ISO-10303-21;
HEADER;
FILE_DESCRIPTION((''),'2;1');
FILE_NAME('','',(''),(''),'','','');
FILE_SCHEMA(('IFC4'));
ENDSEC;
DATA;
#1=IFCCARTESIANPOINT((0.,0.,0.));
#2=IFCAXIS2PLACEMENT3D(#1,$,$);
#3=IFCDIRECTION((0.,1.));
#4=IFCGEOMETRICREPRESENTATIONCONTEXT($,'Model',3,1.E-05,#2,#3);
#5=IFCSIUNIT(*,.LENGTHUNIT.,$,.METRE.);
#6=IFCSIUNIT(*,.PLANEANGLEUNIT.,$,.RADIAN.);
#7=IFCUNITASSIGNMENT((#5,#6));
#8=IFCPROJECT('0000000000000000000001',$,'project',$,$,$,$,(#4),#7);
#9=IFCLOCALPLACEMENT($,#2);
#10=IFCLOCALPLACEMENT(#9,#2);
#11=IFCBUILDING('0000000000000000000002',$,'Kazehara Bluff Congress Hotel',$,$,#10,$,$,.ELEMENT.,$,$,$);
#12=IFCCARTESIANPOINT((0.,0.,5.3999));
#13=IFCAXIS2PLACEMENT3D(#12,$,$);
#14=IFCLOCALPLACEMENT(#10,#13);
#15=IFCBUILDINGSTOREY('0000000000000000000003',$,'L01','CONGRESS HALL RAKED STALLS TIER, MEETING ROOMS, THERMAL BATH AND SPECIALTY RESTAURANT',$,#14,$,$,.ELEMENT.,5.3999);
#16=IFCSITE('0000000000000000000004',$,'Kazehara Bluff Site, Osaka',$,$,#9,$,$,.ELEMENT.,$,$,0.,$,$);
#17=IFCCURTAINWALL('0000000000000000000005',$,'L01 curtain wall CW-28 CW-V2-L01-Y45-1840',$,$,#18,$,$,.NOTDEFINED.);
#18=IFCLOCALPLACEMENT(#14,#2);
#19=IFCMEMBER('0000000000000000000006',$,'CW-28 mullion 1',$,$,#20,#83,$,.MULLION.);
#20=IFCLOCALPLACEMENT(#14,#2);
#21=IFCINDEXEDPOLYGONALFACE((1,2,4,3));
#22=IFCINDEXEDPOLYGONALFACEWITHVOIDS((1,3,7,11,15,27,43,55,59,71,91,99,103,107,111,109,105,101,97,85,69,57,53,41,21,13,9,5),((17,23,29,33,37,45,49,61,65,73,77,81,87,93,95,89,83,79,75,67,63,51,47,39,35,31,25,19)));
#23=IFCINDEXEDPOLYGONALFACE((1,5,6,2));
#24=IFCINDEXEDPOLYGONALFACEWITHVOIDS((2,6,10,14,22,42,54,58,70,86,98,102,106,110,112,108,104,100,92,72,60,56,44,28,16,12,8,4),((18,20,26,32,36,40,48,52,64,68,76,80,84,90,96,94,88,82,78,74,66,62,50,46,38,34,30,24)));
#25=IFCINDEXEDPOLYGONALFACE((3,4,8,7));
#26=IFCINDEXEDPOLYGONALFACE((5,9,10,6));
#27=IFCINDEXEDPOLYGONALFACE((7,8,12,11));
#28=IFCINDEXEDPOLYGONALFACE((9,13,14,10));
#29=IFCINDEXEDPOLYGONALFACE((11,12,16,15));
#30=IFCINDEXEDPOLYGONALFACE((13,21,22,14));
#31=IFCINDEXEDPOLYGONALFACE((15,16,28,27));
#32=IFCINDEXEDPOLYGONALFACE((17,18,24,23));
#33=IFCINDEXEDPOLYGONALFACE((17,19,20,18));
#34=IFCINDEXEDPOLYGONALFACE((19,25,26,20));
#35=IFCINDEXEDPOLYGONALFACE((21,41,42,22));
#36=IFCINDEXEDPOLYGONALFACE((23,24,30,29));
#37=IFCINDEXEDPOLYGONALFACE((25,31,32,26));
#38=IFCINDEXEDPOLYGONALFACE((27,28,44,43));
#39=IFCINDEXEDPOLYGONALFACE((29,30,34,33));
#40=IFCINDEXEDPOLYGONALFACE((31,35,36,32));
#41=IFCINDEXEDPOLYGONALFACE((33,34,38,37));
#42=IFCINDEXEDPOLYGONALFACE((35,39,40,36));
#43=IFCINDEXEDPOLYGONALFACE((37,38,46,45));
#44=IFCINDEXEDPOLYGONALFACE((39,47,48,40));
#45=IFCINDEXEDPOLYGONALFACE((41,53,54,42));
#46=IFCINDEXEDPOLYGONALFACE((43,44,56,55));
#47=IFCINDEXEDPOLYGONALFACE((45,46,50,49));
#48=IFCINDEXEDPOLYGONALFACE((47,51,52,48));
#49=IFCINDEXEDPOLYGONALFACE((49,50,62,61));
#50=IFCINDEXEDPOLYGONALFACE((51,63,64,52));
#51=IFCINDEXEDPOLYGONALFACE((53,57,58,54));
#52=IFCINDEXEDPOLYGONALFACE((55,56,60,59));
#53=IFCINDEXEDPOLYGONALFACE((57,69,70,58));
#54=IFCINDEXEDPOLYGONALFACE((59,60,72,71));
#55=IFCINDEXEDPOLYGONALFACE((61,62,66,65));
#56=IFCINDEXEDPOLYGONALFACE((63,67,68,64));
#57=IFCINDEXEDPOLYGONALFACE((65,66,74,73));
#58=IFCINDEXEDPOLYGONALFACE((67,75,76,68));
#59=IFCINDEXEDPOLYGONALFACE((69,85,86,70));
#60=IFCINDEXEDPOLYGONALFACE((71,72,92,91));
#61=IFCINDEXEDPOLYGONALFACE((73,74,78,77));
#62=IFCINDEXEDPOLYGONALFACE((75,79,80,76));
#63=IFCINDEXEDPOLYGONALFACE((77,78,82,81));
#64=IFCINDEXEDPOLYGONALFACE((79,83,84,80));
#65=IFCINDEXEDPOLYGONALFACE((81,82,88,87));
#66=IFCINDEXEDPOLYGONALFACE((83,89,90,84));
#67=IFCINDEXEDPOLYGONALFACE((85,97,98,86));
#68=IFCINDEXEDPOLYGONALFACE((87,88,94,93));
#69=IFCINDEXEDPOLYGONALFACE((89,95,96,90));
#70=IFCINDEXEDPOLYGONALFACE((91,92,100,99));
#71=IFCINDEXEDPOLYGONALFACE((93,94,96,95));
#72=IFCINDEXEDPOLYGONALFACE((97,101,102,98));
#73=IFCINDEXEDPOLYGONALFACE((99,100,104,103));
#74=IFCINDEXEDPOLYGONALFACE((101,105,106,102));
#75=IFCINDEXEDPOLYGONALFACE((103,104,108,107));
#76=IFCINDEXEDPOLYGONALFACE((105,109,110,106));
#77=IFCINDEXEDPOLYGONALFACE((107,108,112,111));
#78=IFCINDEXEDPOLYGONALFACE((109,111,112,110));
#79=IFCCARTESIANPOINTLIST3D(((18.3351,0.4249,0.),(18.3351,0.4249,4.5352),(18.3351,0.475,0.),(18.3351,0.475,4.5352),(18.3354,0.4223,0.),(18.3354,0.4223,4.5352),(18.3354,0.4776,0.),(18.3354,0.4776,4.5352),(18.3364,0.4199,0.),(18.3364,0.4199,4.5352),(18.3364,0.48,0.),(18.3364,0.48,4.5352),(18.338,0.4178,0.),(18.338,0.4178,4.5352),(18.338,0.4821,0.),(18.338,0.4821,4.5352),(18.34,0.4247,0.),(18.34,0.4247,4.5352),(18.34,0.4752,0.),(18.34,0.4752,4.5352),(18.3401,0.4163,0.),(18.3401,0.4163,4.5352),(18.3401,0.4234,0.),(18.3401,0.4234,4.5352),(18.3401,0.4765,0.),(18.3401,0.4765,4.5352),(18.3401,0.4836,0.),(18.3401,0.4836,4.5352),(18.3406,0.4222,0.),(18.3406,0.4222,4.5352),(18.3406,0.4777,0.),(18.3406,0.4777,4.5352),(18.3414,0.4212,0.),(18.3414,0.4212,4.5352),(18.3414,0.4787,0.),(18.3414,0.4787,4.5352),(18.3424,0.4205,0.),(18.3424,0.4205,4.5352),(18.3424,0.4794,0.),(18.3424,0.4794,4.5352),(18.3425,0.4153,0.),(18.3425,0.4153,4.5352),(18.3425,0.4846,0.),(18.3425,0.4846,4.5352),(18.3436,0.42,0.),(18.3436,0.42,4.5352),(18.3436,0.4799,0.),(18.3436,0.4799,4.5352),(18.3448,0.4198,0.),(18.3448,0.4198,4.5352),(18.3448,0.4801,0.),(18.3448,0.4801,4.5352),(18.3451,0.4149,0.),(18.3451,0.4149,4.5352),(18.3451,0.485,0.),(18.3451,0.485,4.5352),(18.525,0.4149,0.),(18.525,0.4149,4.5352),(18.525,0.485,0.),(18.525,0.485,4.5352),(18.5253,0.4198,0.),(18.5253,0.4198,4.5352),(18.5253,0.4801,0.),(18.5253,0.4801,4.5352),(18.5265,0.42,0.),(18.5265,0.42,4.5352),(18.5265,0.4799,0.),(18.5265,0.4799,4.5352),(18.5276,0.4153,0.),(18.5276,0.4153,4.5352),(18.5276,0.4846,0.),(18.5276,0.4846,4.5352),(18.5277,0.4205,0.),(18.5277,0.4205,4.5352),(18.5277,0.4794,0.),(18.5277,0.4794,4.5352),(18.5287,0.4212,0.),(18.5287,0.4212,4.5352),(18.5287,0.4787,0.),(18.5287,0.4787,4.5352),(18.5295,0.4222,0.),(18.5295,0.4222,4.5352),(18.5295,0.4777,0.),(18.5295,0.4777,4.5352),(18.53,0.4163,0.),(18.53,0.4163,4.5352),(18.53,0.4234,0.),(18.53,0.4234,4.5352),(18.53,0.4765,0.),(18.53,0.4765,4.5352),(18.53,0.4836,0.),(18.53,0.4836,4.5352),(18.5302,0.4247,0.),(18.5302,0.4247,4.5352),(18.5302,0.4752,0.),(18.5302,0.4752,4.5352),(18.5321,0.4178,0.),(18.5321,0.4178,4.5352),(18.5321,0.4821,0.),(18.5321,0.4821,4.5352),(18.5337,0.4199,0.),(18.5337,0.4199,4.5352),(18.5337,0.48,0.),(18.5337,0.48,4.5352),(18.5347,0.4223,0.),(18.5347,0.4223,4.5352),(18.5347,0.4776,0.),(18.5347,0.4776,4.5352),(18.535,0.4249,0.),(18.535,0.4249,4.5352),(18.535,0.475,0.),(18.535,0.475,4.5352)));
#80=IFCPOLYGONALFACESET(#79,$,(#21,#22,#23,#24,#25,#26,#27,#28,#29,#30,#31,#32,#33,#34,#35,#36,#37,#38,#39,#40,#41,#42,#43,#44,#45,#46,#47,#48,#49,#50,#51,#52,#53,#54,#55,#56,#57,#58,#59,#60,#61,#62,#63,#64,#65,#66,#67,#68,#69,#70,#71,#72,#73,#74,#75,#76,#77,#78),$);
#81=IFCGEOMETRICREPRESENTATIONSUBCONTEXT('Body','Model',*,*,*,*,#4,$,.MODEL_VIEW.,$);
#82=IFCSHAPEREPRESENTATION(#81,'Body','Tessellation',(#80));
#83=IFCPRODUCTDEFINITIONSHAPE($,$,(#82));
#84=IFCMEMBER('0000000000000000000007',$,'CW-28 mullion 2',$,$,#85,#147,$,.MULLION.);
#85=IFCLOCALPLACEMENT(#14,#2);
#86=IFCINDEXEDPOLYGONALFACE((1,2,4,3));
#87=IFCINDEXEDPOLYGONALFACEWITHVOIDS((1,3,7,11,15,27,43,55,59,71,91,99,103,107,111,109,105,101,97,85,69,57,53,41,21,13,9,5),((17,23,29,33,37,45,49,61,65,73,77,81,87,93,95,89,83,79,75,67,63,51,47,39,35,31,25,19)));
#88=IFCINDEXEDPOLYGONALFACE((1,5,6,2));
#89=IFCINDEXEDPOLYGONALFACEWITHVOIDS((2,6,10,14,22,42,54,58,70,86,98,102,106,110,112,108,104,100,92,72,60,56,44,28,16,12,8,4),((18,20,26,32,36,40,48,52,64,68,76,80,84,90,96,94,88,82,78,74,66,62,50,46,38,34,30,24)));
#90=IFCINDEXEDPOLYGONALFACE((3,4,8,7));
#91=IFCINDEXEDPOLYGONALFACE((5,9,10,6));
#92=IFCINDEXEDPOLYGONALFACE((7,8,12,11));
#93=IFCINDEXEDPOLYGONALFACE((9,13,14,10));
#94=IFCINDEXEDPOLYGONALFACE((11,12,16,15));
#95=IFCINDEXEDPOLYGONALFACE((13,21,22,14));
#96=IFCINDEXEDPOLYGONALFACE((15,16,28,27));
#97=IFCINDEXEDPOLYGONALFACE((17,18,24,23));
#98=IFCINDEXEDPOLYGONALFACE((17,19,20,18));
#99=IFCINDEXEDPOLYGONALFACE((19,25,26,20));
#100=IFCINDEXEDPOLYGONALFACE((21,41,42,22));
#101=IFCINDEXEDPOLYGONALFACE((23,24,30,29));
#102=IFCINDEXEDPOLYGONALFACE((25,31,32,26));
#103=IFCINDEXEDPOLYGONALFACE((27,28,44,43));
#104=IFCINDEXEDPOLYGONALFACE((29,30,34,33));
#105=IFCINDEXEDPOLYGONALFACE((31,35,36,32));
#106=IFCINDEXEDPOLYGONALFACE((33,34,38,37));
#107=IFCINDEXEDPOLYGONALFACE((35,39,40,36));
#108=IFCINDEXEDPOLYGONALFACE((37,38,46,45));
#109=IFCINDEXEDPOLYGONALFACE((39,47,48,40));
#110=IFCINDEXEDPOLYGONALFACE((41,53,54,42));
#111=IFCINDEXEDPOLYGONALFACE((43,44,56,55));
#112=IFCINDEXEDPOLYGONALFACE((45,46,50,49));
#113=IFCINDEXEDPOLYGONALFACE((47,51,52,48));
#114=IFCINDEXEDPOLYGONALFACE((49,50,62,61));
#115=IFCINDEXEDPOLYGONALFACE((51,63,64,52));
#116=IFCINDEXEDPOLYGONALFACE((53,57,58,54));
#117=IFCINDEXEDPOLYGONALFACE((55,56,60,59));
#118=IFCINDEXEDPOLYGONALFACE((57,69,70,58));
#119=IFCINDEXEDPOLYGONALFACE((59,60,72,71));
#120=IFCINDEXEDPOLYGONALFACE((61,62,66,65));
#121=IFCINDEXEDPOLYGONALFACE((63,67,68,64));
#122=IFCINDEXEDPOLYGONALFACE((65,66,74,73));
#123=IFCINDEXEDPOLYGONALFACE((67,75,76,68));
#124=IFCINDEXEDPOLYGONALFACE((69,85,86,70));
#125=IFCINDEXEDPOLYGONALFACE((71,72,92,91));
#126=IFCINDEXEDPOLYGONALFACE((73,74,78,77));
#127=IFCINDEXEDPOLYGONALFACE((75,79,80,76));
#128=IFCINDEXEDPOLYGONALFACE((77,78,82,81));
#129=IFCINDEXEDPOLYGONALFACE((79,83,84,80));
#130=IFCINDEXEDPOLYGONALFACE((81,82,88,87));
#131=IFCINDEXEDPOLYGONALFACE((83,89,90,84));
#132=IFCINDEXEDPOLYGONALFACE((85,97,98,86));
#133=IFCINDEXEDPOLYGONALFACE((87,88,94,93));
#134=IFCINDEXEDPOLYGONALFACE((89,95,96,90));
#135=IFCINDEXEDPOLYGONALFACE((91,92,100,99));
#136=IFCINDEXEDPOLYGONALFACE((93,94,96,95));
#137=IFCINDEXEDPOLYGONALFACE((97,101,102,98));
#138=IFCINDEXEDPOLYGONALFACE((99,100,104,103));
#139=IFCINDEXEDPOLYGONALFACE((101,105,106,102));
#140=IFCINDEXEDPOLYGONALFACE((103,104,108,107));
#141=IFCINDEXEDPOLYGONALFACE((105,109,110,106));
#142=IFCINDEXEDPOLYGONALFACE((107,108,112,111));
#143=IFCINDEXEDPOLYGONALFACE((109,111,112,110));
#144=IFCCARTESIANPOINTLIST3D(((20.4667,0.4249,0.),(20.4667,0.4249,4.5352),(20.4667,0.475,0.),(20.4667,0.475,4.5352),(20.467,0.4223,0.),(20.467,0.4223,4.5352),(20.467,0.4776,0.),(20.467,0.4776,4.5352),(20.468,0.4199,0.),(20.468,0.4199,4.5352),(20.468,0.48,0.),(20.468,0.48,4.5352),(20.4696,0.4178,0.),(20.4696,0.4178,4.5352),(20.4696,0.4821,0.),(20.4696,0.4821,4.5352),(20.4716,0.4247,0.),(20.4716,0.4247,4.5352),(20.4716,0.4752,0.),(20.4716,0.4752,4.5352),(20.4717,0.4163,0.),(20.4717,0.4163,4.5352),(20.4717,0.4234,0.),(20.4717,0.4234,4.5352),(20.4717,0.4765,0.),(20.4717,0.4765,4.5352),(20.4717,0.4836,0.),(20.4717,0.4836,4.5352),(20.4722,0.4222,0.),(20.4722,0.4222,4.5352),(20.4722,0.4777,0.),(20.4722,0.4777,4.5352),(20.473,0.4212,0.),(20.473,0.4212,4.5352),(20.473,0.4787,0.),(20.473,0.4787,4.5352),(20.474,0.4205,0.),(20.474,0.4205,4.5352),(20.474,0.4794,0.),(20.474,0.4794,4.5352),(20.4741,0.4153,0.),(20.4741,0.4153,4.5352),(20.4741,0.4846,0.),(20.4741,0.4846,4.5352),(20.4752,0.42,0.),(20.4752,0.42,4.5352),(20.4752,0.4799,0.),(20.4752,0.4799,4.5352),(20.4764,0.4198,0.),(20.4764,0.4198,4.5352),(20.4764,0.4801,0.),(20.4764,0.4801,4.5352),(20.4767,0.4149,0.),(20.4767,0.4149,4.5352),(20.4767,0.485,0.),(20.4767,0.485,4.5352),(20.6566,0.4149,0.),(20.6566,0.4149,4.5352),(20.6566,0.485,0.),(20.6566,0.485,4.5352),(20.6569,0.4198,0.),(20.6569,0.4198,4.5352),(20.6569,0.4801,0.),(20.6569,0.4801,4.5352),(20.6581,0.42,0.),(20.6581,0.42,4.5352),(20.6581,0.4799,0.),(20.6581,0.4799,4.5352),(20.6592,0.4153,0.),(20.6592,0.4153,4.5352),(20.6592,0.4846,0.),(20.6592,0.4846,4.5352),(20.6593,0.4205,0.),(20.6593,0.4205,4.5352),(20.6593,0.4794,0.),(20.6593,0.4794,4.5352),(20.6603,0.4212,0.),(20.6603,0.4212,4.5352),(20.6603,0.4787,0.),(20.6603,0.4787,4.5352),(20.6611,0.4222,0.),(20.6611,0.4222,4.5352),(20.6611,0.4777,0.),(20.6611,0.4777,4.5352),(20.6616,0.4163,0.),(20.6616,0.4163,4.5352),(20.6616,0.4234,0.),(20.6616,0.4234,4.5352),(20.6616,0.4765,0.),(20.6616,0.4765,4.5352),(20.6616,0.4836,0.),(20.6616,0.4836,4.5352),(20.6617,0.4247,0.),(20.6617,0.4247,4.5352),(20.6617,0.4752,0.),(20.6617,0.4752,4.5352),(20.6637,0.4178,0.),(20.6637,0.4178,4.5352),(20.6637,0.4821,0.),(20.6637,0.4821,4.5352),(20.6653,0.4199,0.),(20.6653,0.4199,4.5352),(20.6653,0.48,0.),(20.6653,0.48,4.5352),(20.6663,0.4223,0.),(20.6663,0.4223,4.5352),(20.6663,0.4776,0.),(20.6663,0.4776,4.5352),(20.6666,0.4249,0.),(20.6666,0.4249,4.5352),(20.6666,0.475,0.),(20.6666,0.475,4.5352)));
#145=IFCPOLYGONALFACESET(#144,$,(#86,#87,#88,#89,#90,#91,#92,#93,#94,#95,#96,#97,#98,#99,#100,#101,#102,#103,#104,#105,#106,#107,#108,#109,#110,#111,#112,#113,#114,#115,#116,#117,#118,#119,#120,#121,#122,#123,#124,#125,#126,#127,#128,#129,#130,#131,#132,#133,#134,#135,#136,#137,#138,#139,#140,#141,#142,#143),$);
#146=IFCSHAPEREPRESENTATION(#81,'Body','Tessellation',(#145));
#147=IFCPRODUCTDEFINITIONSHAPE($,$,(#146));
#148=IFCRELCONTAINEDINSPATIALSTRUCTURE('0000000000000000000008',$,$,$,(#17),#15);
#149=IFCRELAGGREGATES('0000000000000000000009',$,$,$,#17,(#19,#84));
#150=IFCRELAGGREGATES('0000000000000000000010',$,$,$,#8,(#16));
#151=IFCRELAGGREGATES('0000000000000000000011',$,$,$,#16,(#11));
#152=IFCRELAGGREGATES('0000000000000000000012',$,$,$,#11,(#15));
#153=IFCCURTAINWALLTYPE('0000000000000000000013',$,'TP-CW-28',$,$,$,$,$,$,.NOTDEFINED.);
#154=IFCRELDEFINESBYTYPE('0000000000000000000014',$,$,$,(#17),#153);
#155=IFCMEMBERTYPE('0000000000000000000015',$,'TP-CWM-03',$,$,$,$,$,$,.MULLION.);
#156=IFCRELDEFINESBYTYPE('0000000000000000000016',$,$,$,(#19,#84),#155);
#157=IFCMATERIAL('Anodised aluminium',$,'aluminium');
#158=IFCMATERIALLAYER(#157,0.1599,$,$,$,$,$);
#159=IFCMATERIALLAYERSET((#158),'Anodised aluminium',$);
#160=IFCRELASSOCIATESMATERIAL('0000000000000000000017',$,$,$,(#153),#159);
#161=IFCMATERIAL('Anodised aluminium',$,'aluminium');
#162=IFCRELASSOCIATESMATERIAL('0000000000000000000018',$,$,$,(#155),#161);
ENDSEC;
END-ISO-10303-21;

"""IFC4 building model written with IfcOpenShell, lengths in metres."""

from ifc_helpers import new_model, si_unit, direction, frame, origin, origin_2d, place, context, subcontext, project, spatial, hollow_rectangle, extrude, material, layer, layer_set, material_profile, profile_set, type_object, element, aggregate, save


model = new_model("IFC4")

# Units and contexts
model_context = context("Model", 3, precision=1e-05, world=origin(), true_north=direction((0.0, 1.0)))
body_context = subcontext(model_context, "Body", "Model", "MODEL_VIEW")
ifc_project = project(units=[si_unit("LENGTHUNIT", "METRE"), si_unit("PLANEANGLEUNIT", "RADIAN")], contexts=[model_context])

# Site, building, storey
site_placement = place(None, origin())
site = spatial("IfcSite", under=ifc_project, at=site_placement, Name="Kazehara Bluff Site, Osaka", CompositionType="ELEMENT", RefElevation=0.0)
building_placement = place(site_placement, origin())
building = spatial("IfcBuilding", under=site, at=building_placement, Name="Kazehara Bluff Congress Hotel", CompositionType="ELEMENT")
storey_placement = place(building_placement, frame((0.0, 0.0, 5.3999)))
storey = spatial("IfcBuildingStorey", under=building, at=storey_placement, Name="L01", Description="CONGRESS HALL RAKED STALLS TIER, MEETING ROOMS, THERMAL BATH AND SPECIALTY RESTAURANT", CompositionType="ELEMENT", Elevation=5.3999)

# Curtain wall, members
ifc_material_1 = material(Name="Anodised aluminium", Category="aluminium")
ifc_layer_1 = layer(ifc_material_1, 0.1599)
ifc_layer_set_1 = layer_set([ifc_layer_1], Name="Anodised aluminium")
curtain_wall_type_1 = type_object("IfcCurtainWallType", Name="TP-CW-28", PredefinedType="NOTDEFINED", material=ifc_layer_set_1)
curtain_wall_1_placement = place(storey_placement, origin())
curtain_wall_1 = element("IfcCurtainWall", 1, at=curtain_wall_1_placement, inside=storey, type_object=curtain_wall_type_1, Name="L01 curtain wall CW-28 CW-V2-L01-Y45-1840", PredefinedType="NOTDEFINED")
ifc_material_2 = material(Name="Anodised aluminium", Category="aluminium")
ifc_material_profile_1 = material_profile(ifc_material_2, hollow_rectangle(XDim=0.0701, YDim=0.2, WallThickness=0.0049, InnerFilletRadius=0.0049, OuterFilletRadius=0.01, at=origin_2d()))
ifc_profile_set_1 = profile_set([ifc_material_profile_1], Name="Anodised aluminium")
member_type_1 = type_object("IfcMemberType", Name="TP-CWM-03", PredefinedType="MULLION", material=ifc_profile_set_1)
member_1_placement = place(storey_placement, frame((18.4351, 0.45, 0.0), z_axis=(0.0, 0.0, 1.0), x_axis=(0.0, 1.0, 0.0)))
member_1 = element("IfcMember", 2, at=member_1_placement, type_object=member_type_1, Name="CW-28 mullion 1", PredefinedType="MULLION", context=body_context, shape_type="SweptSolid", body=[
    extrude(hollow_rectangle(XDim=0.0701, YDim=0.2, WallThickness=0.0049, InnerFilletRadius=0.0049, OuterFilletRadius=0.01, at=origin_2d()), origin(), (0.0, 0.0, 1.0), 4.5352),
])
member_2_placement = place(storey_placement, frame((20.5667, 0.45, 0.0), z_axis=(0.0, 0.0, 1.0), x_axis=(0.0, 1.0, 0.0)))
member_2 = element("IfcMember", 3, at=member_2_placement, type_object=member_type_1, Name="CW-28 mullion 2", PredefinedType="MULLION", context=body_context, shape_type="SweptSolid", body=[
    extrude(hollow_rectangle(XDim=0.0701, YDim=0.2, WallThickness=0.0049, InnerFilletRadius=0.0049, OuterFilletRadius=0.01, at=origin_2d()), origin(), (0.0, 0.0, 1.0), 4.5352),
])

aggregate(curtain_wall_1, [member_1, member_2])

save(model, "model.ifc")
